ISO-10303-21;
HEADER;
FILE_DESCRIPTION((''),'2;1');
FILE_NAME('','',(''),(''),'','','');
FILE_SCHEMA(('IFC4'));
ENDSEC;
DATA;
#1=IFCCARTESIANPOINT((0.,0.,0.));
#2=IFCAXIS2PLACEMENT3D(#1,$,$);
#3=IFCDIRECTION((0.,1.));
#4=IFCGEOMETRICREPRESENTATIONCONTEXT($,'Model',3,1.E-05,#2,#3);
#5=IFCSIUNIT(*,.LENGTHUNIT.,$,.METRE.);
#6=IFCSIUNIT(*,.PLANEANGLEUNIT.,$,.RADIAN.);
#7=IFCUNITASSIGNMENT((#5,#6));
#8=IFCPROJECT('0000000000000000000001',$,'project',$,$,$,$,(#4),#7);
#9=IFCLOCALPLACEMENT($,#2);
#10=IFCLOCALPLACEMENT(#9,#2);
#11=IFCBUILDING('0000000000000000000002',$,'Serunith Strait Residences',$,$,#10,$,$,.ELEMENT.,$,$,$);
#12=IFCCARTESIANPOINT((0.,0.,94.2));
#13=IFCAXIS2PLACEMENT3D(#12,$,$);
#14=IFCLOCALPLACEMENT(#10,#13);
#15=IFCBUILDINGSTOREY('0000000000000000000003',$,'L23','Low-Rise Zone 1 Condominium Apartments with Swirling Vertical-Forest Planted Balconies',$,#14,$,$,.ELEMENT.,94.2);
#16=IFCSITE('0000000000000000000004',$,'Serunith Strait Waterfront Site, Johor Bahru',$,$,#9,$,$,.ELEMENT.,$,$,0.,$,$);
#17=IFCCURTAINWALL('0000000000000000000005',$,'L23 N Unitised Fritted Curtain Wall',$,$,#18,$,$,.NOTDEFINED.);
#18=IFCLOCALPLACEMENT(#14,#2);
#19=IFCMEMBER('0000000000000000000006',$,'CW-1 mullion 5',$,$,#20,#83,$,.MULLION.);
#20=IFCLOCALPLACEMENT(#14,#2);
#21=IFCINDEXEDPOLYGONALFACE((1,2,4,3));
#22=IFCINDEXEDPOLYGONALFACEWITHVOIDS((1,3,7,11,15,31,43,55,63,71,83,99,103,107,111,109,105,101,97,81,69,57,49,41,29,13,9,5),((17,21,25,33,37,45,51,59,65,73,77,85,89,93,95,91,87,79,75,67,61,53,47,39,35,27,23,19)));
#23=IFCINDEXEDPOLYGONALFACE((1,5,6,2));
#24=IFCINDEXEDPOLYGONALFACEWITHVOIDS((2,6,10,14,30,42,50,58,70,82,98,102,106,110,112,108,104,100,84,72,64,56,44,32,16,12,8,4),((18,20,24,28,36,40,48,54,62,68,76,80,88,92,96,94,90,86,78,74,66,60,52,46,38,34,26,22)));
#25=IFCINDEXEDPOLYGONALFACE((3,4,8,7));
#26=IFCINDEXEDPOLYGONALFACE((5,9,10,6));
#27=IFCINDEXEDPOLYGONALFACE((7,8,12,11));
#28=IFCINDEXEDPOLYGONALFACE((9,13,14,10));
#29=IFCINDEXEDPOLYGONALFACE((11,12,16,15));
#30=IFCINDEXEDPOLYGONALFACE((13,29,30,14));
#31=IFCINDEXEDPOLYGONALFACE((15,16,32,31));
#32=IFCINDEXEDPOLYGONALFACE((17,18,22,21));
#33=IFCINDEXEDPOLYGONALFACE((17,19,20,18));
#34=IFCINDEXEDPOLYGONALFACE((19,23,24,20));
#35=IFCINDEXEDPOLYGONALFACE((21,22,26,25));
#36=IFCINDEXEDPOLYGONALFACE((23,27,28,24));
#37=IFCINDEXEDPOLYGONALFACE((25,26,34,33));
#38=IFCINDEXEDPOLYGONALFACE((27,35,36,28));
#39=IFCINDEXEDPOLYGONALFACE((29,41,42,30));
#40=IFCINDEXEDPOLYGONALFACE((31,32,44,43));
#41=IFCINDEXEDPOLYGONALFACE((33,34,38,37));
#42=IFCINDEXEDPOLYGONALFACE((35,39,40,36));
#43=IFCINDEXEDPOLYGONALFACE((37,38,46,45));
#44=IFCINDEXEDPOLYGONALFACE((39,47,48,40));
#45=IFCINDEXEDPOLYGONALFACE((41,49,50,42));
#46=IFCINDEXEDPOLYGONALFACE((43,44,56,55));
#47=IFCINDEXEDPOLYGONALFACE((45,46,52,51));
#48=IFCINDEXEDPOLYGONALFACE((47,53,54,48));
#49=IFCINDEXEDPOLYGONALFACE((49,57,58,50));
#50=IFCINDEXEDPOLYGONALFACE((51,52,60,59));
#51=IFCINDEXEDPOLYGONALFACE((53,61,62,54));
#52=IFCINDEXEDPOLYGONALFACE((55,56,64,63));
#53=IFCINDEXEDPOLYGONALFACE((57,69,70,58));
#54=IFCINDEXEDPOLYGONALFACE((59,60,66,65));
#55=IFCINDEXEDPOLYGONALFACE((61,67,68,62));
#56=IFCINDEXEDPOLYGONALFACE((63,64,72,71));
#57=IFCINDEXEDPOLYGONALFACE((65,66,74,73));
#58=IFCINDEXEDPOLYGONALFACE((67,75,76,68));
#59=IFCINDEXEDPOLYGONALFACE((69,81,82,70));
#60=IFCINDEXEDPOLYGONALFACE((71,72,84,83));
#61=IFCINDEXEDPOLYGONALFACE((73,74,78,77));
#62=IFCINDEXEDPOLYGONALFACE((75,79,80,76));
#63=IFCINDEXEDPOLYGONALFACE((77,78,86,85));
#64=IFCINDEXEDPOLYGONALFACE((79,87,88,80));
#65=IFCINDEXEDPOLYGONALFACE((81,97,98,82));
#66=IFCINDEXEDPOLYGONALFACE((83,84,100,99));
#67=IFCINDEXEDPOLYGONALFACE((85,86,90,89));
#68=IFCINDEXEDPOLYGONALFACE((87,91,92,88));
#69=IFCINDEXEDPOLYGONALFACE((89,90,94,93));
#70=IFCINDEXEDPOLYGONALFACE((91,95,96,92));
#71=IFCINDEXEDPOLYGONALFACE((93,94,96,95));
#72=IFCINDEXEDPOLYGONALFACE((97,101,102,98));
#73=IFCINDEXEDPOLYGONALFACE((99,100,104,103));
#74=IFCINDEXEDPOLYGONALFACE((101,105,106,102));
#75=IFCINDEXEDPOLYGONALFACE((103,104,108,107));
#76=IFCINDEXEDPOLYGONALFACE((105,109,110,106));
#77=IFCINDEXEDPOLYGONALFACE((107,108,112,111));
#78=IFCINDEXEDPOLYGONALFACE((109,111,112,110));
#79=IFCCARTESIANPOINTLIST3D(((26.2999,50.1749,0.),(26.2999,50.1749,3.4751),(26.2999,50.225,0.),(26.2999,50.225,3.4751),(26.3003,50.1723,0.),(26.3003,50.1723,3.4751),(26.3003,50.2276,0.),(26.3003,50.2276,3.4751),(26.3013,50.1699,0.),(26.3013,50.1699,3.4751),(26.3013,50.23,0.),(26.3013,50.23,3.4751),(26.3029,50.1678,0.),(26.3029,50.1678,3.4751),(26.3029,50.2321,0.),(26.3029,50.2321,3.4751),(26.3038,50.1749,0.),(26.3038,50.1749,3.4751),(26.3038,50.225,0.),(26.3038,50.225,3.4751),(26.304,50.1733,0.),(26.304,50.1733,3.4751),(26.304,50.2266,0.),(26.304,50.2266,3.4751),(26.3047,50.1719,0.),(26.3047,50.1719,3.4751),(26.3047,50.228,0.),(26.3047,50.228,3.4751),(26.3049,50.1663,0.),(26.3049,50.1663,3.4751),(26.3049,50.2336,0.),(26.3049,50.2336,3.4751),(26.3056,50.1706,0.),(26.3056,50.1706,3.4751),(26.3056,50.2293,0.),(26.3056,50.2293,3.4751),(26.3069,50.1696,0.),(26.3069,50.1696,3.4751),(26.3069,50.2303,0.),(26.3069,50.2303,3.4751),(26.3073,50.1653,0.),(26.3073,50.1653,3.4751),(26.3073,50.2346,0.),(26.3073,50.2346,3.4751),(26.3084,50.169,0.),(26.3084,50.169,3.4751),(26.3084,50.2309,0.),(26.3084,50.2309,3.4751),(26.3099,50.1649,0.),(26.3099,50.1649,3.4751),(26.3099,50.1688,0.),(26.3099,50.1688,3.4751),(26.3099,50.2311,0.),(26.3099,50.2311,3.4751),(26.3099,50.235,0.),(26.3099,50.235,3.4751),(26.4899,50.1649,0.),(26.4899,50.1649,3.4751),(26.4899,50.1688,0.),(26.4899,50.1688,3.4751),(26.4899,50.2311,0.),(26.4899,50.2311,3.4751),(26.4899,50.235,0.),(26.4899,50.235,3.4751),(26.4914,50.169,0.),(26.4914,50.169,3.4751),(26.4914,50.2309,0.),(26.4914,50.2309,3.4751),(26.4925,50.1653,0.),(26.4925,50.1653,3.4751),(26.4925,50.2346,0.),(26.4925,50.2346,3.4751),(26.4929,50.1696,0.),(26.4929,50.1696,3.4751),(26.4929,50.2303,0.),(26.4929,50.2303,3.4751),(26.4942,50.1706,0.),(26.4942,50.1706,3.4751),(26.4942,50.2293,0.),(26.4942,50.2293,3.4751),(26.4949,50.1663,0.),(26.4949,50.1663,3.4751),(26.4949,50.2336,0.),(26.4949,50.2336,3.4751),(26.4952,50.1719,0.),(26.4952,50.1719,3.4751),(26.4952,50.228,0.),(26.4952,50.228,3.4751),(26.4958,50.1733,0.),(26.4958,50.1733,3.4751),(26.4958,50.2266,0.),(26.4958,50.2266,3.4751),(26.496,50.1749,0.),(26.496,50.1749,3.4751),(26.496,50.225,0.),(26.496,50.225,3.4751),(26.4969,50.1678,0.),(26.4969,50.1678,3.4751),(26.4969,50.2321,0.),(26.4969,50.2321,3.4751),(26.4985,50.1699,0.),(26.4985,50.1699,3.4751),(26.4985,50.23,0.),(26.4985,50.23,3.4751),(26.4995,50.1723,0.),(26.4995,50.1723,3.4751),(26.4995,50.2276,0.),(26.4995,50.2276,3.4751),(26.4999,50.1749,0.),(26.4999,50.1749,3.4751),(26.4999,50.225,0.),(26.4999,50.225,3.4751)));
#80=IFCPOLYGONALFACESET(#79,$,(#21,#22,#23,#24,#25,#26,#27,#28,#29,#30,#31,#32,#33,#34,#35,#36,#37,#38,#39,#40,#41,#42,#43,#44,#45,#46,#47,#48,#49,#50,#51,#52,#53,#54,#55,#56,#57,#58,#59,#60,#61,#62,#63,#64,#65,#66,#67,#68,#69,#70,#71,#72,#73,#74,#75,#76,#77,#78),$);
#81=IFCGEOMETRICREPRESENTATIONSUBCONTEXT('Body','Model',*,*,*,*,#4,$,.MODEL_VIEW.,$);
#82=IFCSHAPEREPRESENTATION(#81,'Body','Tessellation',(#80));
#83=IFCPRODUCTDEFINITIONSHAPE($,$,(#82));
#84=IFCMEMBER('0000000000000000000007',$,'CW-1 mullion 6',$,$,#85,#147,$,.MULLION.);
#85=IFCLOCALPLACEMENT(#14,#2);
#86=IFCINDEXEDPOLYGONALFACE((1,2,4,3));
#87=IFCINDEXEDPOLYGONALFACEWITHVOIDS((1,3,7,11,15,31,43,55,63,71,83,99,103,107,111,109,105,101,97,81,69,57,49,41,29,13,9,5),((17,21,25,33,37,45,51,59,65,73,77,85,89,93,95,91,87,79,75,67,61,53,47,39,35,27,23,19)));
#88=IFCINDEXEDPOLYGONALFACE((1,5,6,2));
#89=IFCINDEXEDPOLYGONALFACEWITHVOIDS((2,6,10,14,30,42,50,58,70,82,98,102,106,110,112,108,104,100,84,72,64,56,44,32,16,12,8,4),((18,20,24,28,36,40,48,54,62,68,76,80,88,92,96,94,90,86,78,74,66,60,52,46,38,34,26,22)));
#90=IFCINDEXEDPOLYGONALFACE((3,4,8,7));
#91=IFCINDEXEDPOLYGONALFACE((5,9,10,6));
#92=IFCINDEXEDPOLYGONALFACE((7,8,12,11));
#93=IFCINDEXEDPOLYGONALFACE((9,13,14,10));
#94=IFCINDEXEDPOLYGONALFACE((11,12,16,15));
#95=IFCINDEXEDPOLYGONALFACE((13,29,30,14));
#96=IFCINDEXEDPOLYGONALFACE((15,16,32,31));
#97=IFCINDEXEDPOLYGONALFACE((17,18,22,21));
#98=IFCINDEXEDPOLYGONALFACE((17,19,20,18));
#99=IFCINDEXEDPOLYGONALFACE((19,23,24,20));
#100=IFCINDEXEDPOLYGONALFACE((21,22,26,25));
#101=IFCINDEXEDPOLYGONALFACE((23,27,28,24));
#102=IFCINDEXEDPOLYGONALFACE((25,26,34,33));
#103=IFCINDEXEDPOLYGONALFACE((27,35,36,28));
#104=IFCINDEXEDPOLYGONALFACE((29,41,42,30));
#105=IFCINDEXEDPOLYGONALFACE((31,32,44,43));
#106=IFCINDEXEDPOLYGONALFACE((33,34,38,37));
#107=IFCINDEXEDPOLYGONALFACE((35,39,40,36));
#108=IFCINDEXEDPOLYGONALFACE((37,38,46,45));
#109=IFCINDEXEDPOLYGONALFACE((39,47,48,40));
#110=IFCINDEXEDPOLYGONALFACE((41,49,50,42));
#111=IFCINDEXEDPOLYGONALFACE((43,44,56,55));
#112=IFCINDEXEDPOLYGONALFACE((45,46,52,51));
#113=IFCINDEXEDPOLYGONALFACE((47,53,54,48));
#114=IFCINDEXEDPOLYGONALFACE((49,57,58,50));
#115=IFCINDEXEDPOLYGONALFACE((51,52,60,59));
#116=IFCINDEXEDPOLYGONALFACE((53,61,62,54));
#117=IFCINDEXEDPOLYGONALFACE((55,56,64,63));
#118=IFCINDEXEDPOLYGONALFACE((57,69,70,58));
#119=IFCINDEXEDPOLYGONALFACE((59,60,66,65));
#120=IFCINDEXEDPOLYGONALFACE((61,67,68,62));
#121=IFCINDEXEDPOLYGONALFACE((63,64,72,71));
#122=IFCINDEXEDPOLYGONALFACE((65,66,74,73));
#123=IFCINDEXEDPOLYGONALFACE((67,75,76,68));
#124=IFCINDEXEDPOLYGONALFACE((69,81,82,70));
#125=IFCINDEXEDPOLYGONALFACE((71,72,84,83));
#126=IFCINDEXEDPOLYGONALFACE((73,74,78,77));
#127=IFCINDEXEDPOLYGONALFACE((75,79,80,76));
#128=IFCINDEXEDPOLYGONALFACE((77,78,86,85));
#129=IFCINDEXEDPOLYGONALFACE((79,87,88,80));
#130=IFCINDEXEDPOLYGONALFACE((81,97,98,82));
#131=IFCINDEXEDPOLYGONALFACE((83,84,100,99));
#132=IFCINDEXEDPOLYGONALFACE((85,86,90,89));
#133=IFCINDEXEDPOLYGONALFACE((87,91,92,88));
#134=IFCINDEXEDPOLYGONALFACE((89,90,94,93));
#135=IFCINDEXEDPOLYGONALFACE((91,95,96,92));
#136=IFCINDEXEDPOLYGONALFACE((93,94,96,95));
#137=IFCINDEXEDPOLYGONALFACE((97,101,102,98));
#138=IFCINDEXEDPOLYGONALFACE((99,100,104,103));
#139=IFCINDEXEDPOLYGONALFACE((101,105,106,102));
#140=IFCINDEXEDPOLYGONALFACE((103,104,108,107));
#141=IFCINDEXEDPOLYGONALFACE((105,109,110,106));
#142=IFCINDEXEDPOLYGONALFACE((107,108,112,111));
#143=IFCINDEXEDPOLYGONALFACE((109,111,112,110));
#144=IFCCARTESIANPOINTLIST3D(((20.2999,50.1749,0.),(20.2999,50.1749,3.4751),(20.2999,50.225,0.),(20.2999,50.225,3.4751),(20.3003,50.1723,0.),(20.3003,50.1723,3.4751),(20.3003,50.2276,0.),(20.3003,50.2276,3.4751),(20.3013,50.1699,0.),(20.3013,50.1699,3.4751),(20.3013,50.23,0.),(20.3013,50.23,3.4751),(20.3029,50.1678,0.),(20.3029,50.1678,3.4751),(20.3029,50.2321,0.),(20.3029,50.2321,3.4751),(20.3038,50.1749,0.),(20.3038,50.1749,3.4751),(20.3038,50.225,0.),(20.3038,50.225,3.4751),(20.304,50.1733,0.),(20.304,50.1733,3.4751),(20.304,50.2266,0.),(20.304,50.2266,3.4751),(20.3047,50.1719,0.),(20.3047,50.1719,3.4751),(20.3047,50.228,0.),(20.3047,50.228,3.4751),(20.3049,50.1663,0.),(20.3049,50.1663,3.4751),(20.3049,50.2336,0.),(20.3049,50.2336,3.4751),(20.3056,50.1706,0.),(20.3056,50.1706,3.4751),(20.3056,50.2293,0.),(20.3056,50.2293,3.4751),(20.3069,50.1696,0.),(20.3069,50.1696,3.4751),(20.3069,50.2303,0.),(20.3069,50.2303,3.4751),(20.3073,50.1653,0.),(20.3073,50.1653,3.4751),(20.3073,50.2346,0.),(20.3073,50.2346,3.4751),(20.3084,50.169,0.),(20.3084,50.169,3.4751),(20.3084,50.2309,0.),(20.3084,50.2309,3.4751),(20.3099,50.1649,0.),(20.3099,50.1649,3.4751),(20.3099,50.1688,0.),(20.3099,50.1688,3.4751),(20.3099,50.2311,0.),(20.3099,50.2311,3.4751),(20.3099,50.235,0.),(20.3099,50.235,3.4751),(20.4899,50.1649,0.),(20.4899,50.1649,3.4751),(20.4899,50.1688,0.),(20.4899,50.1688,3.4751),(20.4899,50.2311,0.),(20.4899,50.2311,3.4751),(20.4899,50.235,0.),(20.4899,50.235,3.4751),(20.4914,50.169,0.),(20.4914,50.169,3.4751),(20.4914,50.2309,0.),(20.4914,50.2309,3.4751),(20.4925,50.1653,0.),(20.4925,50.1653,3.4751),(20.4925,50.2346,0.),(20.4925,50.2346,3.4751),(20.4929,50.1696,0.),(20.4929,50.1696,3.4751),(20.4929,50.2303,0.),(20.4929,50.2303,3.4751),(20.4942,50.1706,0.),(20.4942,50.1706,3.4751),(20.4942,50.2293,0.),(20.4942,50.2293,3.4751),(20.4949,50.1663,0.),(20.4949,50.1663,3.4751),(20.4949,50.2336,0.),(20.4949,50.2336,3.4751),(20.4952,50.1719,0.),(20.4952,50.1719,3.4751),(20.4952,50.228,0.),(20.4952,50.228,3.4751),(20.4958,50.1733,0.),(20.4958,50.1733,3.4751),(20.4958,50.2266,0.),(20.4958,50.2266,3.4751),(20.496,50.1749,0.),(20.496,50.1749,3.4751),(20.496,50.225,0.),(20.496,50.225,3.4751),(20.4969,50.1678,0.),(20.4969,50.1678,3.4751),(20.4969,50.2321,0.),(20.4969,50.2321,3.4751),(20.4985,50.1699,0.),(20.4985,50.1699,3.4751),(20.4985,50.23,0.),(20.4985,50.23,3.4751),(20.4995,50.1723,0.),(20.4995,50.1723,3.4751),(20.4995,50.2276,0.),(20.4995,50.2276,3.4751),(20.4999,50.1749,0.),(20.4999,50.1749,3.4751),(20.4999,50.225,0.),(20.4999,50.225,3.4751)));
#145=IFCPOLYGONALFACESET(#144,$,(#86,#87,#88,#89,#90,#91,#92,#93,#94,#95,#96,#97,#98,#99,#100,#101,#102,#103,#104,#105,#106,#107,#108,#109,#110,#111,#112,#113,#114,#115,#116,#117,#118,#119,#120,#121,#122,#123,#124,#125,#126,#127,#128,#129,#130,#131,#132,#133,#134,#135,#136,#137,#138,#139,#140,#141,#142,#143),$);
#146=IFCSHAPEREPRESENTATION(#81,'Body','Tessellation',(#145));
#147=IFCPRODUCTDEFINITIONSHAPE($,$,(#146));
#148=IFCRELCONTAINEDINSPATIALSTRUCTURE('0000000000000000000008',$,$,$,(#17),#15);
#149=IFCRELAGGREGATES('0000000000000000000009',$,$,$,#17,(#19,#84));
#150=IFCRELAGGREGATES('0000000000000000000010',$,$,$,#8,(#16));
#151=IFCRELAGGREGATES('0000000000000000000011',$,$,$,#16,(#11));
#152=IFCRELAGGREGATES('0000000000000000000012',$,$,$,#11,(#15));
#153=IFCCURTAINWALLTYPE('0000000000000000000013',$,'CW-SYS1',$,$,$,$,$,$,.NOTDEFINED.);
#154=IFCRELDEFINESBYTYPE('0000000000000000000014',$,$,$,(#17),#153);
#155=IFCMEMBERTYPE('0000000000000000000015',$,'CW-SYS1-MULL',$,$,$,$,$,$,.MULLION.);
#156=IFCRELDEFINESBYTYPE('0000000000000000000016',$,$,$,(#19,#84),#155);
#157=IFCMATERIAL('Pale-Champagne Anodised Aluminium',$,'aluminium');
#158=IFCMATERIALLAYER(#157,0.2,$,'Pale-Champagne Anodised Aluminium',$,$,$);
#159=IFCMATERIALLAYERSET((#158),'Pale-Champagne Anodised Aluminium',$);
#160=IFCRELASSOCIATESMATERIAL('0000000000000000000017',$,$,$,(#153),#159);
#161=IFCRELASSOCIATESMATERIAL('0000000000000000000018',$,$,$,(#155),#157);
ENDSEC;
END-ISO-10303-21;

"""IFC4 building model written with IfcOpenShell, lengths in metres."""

from ifc_helpers import new_model, si_unit, direction, frame, origin, origin_2d, place, context, subcontext, project, spatial, hollow_rectangle, extrude, source, transform, mapped, material, layer, layer_set, material_profile, profile_set, type_object, element, aggregate, save


model = new_model("IFC4")

# Units and contexts
model_context = context("Model", 3, precision=1e-05, world=origin(), true_north=direction((0.0, 1.0)))
body_context = subcontext(model_context, "Body", "Model", "MODEL_VIEW")
ifc_project = project(units=[si_unit("LENGTHUNIT", "METRE"), si_unit("PLANEANGLEUNIT", "RADIAN")], contexts=[model_context])

# Site, building, storey
site_placement = place(None, origin())
site = spatial("IfcSite", under=ifc_project, at=site_placement, Name="Serunith Strait Waterfront Site, Johor Bahru", CompositionType="ELEMENT", RefElevation=0.0)
building_placement = place(site_placement, origin())
building = spatial("IfcBuilding", under=site, at=building_placement, Name="Serunith Strait Residences", CompositionType="ELEMENT")
storey_placement = place(building_placement, frame((0.0, 0.0, 94.2)))
storey = spatial("IfcBuildingStorey", under=building, at=storey_placement, Name="L23", Description="Low-Rise Zone 1 Condominium Apartments with Swirling Vertical-Forest Planted Balconies", CompositionType="ELEMENT", Elevation=94.2)

# Curtain wall, members
ifc_material_1 = material(Name="Pale-Champagne Anodised Aluminium", Category="aluminium")
ifc_layer_1 = layer(ifc_material_1, 0.2, Name="Pale-Champagne Anodised Aluminium")
ifc_layer_set_1 = layer_set([ifc_layer_1], Name="Pale-Champagne Anodised Aluminium")
curtain_wall_type = type_object("IfcCurtainWallType", Name="CW-SYS1", PredefinedType="NOTDEFINED", material=ifc_layer_set_1)
curtain_wall_placement = place(storey_placement, origin())
curtain_wall = element("IfcCurtainWall", 1, at=curtain_wall_placement, inside=storey, type_object=curtain_wall_type, Name="L23 N Unitised Fritted Curtain Wall", PredefinedType="NOTDEFINED")
ifc_material_profile_1 = material_profile(ifc_material_1, hollow_rectangle(XDim=0.0701, YDim=0.2, WallThickness=0.0039, InnerFilletRadius=0.0061, OuterFilletRadius=0.01, at=origin_2d()), Name="ALU 200x70x4")
ifc_profile_set_1 = profile_set([ifc_material_profile_1], Name="Pale-Champagne Anodised Aluminium")
member_type_1 = type_object("IfcMemberType", Name="CW-SYS1-MULL", PredefinedType="MULLION", material=ifc_profile_set_1)
shared_shape_1 = source(origin(), body_context, "Body", "SweptSolid", [
    extrude(hollow_rectangle(XDim=0.0701, YDim=0.2, WallThickness=0.0039, InnerFilletRadius=0.0061, OuterFilletRadius=0.01, at=origin_2d()), origin(), (0.0, 0.0, 1.0), 3.4751),
])
member_1_placement = place(storey_placement, frame((26.3999, 50.2, 0.0), z_axis=(0.0, 0.0, 1.0), x_axis=(0.0, -1.0, 0.0)))
member_1 = element("IfcMember", 2, at=member_1_placement, type_object=member_type_1, Name="CW-1 mullion 5", PredefinedType="MULLION", context=body_context, shape_type="MappedRepresentation", body=[
    mapped(shared_shape_1, transform((0.0, 0.0, 0.0), scale=1.0)),
])
member_2_placement = place(storey_placement, frame((20.3999, 50.2, 0.0), z_axis=(0.0, 0.0, 1.0), x_axis=(0.0, -1.0, 0.0)))
member_2 = element("IfcMember", 3, at=member_2_placement, type_object=member_type_1, Name="CW-1 mullion 6", PredefinedType="MULLION", context=body_context, shape_type="MappedRepresentation", body=[
    mapped(shared_shape_1, transform((0.0, 0.0, 0.0), scale=1.0)),
])
aggregate(curtain_wall, [member_1, member_2])

save(model, "model.ifc")
